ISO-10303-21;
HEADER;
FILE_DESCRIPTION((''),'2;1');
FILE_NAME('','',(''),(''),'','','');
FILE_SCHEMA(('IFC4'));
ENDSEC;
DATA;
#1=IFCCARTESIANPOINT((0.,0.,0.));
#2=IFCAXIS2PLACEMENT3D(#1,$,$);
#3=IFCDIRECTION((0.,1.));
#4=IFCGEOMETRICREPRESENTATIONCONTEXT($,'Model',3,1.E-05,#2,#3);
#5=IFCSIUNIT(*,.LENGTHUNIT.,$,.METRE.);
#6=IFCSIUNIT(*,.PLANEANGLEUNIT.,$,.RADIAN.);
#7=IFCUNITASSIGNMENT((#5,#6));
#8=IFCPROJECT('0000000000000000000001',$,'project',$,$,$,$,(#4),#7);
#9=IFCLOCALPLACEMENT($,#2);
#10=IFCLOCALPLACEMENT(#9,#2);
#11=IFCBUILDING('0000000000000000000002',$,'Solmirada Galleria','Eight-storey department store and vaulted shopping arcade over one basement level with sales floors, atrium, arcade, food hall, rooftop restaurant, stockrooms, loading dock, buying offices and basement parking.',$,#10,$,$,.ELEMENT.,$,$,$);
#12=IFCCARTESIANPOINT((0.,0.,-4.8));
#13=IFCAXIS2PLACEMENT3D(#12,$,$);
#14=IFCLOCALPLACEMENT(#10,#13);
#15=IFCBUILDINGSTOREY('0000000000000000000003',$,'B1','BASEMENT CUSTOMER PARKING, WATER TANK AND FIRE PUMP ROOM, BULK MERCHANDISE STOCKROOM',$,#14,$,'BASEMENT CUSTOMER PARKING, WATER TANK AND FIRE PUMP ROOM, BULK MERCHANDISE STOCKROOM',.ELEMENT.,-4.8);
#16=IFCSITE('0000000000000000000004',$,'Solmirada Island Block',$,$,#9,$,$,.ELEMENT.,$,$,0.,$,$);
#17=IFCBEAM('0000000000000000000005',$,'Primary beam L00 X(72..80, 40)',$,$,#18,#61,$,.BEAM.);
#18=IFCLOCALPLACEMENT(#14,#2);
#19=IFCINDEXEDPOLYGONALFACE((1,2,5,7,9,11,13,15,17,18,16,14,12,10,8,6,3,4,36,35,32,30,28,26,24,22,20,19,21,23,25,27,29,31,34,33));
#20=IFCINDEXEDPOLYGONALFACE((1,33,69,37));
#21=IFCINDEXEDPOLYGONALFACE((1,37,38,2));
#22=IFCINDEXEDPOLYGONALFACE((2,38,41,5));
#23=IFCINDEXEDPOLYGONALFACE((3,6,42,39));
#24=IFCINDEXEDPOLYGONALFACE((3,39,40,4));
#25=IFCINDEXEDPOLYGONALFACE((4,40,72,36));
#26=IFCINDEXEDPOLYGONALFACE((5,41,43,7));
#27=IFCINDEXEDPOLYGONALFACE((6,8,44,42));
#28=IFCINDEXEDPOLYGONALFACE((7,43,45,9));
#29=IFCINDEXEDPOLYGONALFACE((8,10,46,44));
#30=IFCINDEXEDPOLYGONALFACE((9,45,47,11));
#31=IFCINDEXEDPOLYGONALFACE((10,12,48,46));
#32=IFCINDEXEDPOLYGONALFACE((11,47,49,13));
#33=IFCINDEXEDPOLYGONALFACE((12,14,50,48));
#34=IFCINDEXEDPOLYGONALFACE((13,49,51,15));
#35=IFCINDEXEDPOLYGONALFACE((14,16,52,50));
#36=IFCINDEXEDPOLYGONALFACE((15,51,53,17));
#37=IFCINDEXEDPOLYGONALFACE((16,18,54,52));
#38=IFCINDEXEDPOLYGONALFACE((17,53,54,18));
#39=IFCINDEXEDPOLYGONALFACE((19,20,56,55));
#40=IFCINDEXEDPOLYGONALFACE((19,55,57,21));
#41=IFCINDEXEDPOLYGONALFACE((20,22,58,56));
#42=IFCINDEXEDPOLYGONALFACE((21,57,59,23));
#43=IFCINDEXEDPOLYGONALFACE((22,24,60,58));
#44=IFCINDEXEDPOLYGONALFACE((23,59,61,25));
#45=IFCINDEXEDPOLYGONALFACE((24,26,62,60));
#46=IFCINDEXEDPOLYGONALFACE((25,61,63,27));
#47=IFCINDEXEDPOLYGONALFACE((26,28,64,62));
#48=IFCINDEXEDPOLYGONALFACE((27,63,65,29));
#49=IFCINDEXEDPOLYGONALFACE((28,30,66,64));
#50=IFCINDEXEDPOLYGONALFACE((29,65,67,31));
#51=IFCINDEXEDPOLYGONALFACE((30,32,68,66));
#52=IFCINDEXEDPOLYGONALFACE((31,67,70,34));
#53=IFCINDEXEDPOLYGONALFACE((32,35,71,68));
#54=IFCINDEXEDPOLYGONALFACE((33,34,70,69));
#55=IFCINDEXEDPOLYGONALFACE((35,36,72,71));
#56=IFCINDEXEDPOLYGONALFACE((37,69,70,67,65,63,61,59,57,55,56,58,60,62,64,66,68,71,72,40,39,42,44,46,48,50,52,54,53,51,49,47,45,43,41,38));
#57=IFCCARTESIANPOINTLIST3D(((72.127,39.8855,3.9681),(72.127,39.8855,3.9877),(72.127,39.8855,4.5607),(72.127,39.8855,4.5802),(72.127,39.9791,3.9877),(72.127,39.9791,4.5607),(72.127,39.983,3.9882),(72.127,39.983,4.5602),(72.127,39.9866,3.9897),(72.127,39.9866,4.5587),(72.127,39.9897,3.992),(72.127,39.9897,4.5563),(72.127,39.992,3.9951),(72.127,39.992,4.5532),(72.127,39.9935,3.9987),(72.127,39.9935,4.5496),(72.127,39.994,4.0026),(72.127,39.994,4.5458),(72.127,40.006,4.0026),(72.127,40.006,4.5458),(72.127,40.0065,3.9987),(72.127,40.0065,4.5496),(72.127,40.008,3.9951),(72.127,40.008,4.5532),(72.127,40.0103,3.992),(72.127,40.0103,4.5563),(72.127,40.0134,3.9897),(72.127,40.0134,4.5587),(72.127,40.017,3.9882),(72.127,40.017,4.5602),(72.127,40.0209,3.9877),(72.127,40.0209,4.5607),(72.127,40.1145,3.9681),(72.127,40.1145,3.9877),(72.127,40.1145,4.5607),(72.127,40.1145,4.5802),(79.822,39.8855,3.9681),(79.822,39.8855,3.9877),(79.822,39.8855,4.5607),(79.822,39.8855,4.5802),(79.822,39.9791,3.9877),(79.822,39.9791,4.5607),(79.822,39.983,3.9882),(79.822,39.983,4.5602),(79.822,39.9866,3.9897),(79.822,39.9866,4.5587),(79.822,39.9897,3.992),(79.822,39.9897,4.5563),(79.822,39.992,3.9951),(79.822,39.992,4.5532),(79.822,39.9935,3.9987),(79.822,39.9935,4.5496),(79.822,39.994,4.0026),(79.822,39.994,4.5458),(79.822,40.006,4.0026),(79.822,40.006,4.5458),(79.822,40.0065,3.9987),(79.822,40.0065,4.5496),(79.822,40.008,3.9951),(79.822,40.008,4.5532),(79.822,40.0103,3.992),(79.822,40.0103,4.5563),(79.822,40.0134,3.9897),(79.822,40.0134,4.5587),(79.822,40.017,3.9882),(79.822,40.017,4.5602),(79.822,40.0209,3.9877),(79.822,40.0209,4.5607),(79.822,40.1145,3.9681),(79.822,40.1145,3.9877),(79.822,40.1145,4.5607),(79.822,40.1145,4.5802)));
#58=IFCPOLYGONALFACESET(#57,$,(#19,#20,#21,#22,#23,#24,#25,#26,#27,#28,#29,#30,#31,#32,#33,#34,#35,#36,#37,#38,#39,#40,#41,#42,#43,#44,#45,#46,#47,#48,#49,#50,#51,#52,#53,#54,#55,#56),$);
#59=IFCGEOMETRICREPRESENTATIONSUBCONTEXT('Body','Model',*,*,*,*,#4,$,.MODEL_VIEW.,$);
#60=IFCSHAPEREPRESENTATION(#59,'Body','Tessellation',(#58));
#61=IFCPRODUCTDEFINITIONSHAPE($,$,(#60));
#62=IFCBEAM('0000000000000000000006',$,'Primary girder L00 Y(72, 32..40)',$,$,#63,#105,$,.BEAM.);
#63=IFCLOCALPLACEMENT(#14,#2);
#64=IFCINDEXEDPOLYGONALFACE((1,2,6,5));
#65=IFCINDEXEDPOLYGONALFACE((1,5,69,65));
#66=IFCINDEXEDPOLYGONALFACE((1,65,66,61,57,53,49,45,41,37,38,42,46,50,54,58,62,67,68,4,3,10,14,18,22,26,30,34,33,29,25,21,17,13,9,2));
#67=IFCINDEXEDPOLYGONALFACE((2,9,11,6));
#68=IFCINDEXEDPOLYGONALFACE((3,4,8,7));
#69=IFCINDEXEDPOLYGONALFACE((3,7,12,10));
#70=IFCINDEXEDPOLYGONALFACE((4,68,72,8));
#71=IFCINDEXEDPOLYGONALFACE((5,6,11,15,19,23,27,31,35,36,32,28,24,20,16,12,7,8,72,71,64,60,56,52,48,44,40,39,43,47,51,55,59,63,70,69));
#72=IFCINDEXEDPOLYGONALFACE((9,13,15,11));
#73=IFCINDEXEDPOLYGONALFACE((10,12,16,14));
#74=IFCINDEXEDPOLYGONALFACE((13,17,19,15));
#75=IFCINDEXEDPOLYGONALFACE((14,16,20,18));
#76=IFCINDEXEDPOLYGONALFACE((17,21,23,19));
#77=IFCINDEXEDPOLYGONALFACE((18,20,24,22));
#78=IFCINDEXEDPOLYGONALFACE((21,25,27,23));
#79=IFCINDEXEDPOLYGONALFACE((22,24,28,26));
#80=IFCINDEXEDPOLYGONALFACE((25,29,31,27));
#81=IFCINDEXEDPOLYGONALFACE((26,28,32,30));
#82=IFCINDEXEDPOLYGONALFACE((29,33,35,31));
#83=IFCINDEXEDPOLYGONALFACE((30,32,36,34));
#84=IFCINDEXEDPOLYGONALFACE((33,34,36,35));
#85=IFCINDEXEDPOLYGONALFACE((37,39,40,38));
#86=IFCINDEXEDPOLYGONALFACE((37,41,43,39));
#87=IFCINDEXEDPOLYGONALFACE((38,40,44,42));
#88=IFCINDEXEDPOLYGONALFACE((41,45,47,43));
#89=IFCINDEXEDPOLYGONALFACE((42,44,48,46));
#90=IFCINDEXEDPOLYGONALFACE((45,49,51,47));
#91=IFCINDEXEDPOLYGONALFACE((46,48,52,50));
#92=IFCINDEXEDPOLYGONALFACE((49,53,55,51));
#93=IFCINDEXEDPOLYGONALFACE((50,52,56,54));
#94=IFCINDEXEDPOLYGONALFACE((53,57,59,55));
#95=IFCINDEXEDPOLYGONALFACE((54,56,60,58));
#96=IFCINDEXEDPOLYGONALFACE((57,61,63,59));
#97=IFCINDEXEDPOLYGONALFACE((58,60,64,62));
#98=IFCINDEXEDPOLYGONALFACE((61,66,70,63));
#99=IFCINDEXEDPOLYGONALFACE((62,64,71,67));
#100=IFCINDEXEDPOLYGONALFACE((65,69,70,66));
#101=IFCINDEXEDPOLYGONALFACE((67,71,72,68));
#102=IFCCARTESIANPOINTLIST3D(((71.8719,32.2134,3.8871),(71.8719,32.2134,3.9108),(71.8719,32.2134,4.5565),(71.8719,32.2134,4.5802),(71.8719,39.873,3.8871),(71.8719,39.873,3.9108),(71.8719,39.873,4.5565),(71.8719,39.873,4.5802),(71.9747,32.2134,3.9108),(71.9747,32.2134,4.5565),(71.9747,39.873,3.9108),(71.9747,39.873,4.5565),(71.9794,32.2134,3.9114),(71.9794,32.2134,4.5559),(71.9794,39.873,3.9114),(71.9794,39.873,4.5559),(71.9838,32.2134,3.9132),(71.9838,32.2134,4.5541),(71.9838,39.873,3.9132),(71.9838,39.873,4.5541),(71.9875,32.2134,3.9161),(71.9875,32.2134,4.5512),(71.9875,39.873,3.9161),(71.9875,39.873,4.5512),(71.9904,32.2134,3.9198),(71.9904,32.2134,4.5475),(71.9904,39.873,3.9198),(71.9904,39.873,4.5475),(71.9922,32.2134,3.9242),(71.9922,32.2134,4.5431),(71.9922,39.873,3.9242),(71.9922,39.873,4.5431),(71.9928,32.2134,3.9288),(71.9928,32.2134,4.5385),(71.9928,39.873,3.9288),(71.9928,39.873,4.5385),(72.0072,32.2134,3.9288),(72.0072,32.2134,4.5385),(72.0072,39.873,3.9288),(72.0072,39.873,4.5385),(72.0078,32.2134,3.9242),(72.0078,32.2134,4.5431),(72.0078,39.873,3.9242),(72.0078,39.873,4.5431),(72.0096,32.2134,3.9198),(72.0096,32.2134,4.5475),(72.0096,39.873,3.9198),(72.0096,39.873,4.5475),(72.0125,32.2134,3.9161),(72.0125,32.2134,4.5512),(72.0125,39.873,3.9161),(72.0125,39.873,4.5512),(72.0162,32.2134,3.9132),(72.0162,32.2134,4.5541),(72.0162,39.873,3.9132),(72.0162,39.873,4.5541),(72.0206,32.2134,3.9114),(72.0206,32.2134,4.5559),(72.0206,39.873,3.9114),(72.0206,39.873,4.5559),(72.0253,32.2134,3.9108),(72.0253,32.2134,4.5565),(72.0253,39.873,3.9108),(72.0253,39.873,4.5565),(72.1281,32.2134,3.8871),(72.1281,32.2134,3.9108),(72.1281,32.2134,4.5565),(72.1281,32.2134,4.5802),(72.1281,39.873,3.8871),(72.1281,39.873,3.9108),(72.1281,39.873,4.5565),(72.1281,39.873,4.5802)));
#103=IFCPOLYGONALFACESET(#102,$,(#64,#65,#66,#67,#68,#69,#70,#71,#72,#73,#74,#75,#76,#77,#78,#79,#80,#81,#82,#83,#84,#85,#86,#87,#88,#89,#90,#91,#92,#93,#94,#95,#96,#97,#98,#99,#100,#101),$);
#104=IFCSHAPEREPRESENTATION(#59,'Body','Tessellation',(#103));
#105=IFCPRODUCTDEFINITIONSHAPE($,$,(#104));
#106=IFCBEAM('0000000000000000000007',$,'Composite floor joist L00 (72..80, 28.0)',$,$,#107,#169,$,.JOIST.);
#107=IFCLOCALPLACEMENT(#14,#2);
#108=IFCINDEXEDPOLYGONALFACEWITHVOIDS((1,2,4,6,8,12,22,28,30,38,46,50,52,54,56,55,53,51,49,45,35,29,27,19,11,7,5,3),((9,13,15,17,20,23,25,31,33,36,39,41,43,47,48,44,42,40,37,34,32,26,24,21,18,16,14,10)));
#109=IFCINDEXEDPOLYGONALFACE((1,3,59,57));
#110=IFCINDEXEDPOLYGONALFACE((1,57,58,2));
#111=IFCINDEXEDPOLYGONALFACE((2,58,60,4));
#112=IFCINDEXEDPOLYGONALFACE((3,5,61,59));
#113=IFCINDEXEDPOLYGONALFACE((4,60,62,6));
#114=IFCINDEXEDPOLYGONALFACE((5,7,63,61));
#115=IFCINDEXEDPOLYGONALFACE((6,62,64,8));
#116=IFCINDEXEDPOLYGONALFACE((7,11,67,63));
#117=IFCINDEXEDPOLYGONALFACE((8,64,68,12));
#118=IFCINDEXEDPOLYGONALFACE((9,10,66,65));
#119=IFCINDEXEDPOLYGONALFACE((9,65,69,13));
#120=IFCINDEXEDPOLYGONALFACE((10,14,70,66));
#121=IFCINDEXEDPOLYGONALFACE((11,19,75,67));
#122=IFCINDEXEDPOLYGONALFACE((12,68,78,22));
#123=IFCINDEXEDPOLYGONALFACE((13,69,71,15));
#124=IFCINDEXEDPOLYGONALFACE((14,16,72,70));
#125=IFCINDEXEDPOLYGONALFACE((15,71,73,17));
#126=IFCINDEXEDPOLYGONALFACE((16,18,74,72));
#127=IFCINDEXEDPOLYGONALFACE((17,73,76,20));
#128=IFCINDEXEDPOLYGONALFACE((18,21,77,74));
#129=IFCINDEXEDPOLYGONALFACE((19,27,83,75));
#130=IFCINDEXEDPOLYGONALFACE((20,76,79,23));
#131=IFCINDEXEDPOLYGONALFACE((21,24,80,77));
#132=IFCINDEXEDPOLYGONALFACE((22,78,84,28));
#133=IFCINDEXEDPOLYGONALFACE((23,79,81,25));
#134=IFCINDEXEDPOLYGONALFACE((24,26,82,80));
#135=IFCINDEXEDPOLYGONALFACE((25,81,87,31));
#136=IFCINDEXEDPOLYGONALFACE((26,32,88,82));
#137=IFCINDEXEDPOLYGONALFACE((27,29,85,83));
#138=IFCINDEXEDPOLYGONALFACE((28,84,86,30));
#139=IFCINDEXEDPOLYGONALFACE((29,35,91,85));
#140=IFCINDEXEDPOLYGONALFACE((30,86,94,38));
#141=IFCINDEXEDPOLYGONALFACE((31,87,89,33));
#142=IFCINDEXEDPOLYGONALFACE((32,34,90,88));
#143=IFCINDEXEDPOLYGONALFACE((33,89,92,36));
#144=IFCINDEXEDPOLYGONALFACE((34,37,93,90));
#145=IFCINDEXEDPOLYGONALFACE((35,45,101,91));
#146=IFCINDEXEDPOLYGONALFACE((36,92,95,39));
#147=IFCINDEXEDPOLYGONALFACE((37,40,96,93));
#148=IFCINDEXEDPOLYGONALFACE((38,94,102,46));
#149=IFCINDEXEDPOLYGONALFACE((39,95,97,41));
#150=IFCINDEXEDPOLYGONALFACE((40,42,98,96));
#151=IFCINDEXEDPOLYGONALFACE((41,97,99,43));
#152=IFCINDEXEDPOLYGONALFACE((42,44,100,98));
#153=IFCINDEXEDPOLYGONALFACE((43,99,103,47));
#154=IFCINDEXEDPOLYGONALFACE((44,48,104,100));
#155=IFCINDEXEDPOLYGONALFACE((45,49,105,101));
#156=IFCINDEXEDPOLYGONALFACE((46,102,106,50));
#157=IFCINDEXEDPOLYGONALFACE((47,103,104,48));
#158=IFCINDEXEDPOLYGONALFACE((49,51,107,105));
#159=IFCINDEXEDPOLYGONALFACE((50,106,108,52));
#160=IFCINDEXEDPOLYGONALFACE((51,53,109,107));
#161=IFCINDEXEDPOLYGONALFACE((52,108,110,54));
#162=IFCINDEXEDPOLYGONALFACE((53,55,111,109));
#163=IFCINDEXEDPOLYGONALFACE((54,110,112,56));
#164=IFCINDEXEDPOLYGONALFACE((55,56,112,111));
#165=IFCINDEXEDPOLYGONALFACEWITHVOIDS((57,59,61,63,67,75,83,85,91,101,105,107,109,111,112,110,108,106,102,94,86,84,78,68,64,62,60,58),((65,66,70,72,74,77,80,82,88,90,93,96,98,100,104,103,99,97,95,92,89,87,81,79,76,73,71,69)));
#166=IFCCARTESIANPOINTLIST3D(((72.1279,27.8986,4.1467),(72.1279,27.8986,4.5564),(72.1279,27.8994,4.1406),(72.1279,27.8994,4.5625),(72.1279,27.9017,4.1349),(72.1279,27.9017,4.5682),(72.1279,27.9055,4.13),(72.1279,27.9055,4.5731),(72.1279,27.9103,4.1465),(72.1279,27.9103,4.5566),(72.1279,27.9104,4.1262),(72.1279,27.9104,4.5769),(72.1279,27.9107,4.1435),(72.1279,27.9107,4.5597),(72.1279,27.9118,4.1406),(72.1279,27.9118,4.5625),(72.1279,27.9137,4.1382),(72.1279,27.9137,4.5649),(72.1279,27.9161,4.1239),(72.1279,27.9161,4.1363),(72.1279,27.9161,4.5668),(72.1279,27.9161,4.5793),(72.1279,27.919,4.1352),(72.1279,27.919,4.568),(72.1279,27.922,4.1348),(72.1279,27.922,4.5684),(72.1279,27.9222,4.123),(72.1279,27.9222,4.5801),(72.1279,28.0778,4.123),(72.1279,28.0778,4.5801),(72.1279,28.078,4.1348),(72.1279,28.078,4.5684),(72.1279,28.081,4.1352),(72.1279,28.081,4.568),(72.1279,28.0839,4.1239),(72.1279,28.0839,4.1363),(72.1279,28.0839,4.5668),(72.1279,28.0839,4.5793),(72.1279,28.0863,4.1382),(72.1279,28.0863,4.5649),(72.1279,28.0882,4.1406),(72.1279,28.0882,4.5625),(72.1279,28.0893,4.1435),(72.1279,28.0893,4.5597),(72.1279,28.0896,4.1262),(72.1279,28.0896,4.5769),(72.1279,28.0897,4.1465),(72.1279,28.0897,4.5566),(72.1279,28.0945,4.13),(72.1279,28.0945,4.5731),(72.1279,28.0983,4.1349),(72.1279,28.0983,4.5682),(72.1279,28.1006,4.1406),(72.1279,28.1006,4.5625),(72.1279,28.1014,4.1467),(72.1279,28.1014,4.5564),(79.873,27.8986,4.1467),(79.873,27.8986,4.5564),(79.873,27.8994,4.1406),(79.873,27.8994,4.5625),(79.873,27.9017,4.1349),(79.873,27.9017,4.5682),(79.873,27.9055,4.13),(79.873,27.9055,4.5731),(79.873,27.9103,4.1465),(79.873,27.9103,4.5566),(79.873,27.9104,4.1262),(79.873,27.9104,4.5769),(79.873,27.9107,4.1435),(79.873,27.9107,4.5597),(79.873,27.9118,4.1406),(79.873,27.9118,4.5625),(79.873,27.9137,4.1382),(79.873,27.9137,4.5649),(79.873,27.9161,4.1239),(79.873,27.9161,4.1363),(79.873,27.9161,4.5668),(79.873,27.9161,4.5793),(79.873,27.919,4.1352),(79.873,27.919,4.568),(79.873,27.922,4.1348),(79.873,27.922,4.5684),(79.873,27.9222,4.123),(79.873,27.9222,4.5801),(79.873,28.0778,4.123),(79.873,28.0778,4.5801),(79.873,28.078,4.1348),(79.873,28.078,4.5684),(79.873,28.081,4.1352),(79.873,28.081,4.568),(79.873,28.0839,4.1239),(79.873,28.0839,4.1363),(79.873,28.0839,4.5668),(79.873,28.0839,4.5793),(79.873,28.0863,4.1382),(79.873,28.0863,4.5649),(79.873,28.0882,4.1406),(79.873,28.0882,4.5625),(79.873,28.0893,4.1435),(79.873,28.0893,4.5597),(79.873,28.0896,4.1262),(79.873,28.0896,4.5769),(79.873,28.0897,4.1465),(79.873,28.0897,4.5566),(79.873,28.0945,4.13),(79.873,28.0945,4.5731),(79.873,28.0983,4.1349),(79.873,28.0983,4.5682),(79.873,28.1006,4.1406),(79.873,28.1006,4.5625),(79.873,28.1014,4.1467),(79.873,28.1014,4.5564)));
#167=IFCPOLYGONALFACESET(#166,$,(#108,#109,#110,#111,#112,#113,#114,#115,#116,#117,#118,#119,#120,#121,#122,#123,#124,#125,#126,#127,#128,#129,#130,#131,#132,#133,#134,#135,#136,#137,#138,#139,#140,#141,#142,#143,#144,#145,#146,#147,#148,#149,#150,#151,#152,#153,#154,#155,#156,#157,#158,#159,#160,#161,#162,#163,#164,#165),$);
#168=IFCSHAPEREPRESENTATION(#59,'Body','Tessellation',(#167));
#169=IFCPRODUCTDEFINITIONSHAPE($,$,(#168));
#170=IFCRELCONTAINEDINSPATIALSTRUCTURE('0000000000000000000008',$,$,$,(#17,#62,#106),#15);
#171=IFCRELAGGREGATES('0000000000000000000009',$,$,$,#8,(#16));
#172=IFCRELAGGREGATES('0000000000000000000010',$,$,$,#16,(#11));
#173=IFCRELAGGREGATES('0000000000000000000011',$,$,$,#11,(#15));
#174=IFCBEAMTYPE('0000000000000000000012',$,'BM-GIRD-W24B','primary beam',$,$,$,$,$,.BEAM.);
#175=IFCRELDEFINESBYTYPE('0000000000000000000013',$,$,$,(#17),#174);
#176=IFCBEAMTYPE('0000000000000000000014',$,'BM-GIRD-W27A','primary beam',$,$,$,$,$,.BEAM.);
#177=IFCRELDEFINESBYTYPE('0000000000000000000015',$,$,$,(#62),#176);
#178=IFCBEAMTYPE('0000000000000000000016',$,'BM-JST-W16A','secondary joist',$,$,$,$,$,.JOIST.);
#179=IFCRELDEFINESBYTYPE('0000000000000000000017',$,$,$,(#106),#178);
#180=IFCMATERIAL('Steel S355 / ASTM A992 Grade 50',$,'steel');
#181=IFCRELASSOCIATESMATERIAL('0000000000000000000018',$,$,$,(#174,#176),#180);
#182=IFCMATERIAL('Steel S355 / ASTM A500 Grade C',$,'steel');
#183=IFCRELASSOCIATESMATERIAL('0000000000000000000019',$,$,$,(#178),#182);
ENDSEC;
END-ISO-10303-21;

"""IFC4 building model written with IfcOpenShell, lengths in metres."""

from ifc_helpers import new_model, si_unit, direction, frame, origin, origin_2d, place, context, subcontext, project, spatial, hollow_rectangle, i_section, extrude, material, material_profile, profile_set, type_object, element, save


model = new_model("IFC4")

# Units and contexts
model_context = context("Model", 3, precision=1e-05, world=origin(), true_north=direction((0.0, 1.0)))
body_context = subcontext(model_context, "Body", "Model", "MODEL_VIEW")
ifc_project = project(units=[si_unit("LENGTHUNIT", "METRE"), si_unit("PLANEANGLEUNIT", "RADIAN")], contexts=[model_context])

# Site, building, storey
site_placement = place(None, origin())
site = spatial("IfcSite", under=ifc_project, at=site_placement, Name="Solmirada Island Block", CompositionType="ELEMENT", RefElevation=0.0)
building_placement = place(site_placement, origin())
building = spatial("IfcBuilding", under=site, at=building_placement, Name="Solmirada Galleria", Description="Eight-storey department store and vaulted shopping arcade over one basement level with sales floors, atrium, arcade, food hall, rooftop restaurant, stockrooms, loading dock, buying offices and basement parking.", CompositionType="ELEMENT")
storey_placement = place(building_placement, frame((0.0, 0.0, -4.8)))
storey = spatial("IfcBuildingStorey", under=building, at=storey_placement, Name="B1", Description="BASEMENT CUSTOMER PARKING, WATER TANK AND FIRE PUMP ROOM, BULK MERCHANDISE STOCKROOM", LongName="BASEMENT CUSTOMER PARKING, WATER TANK AND FIRE PUMP ROOM, BULK MERCHANDISE STOCKROOM", CompositionType="ELEMENT", Elevation=-4.8)

# Shared definitions
ifc_material_1 = material(Name="Steel S355 / ASTM A500 Grade C", Category="steel")

# Beams
ifc_material_2 = material(Name="Steel S355 / ASTM A992 Grade 50", Category="steel")
ifc_material_profile_1 = material_profile(ifc_material_2, i_section(OverallWidth=0.229, OverallDepth=0.6121, WebThickness=0.012, FlangeThickness=0.0195, FilletRadius=0.0149, at=origin_2d()), Name="W24X84")
ifc_profile_set_1 = profile_set([ifc_material_profile_1], Name="Steel S355 / ASTM A992 Grade 50")
beam_type_1 = type_object("IfcBeamType", Name="BM-GIRD-W24B", Description="primary beam", PredefinedType="BEAM", material=ifc_profile_set_1)
beam_1_placement = place(storey_placement, frame((72.127, 40.0, 4.2742), z_axis=(1.0, 0.0, 0.0), x_axis=(0.0, 1.0, 0.0)))
element("IfcBeam", 1, at=beam_1_placement, inside=storey, type_object=beam_type_1, Name="Primary beam L00 X(72..80, 40)", PredefinedType="BEAM", context=body_context, shape_type="SweptSolid", body=[
    extrude(i_section(OverallWidth=0.229, OverallDepth=0.6121, WebThickness=0.012, FlangeThickness=0.0195, FilletRadius=0.0149, at=origin_2d()), origin(), (0.0, 0.0, 1.0), 7.6951),
])
ifc_material_profile_2 = material_profile(ifc_material_2, i_section(OverallWidth=0.2561, OverallDepth=0.6931, WebThickness=0.0144, FlangeThickness=0.0237, FilletRadius=0.0181, at=origin_2d()), Name="W27X114")
ifc_profile_set_2 = profile_set([ifc_material_profile_2], Name="Steel S355 / ASTM A992 Grade 50")
beam_type_2 = type_object("IfcBeamType", Name="BM-GIRD-W27A", Description="primary beam", PredefinedType="BEAM", material=ifc_profile_set_2)
beam_2_placement = place(storey_placement, frame((72.0, 32.2134, 4.2336), z_axis=(0.0, 1.0, 0.0), x_axis=(-1.0, 0.0, 0.0)))
element("IfcBeam", 2, at=beam_2_placement, inside=storey, type_object=beam_type_2, Name="Primary girder L00 Y(72, 32..40)", PredefinedType="BEAM", context=body_context, shape_type="SweptSolid", body=[
    extrude(i_section(OverallWidth=0.2561, OverallDepth=0.6931, WebThickness=0.0144, FlangeThickness=0.0237, FilletRadius=0.0181, at=origin_2d()), origin(), (0.0, 0.0, 1.0), 7.6597),
])
ifc_material_profile_3 = material_profile(ifc_material_1, hollow_rectangle(XDim=0.2029, YDim=0.457, WallThickness=0.0117, InnerFilletRadius=0.0117, OuterFilletRadius=0.0237, at=origin_2d()), Name="HSS18X8X1/2")
ifc_profile_set_3 = profile_set([ifc_material_profile_3], Name="Steel S355 / ASTM A500 Grade C")
beam_type_3 = type_object("IfcBeamType", Name="BM-JST-W16A", Description="secondary joist", PredefinedType="JOIST", material=ifc_profile_set_3)
for number, where, z_axis, x_axis, name in (
    (3, (72.1279, 28.0, 4.3516), (1.0, 0.0, 0.0), (0.0, 1.0, 0.0), "Composite floor joist L00 (72..80, 28.0)"),
):
    element("IfcBeam", number, at=place(storey_placement, frame(where, z_axis=z_axis, x_axis=x_axis)), inside=storey, type_object=beam_type_3, Name=name, PredefinedType="JOIST", context=body_context, shape_type="SweptSolid", body=[
        extrude(hollow_rectangle(XDim=0.2029, YDim=0.457, WallThickness=0.0117, InnerFilletRadius=0.0117, OuterFilletRadius=0.0237, at=origin_2d()), origin(), (0.0, 0.0, 1.0), 7.7451),
    ])

save(model, "model.ifc")
